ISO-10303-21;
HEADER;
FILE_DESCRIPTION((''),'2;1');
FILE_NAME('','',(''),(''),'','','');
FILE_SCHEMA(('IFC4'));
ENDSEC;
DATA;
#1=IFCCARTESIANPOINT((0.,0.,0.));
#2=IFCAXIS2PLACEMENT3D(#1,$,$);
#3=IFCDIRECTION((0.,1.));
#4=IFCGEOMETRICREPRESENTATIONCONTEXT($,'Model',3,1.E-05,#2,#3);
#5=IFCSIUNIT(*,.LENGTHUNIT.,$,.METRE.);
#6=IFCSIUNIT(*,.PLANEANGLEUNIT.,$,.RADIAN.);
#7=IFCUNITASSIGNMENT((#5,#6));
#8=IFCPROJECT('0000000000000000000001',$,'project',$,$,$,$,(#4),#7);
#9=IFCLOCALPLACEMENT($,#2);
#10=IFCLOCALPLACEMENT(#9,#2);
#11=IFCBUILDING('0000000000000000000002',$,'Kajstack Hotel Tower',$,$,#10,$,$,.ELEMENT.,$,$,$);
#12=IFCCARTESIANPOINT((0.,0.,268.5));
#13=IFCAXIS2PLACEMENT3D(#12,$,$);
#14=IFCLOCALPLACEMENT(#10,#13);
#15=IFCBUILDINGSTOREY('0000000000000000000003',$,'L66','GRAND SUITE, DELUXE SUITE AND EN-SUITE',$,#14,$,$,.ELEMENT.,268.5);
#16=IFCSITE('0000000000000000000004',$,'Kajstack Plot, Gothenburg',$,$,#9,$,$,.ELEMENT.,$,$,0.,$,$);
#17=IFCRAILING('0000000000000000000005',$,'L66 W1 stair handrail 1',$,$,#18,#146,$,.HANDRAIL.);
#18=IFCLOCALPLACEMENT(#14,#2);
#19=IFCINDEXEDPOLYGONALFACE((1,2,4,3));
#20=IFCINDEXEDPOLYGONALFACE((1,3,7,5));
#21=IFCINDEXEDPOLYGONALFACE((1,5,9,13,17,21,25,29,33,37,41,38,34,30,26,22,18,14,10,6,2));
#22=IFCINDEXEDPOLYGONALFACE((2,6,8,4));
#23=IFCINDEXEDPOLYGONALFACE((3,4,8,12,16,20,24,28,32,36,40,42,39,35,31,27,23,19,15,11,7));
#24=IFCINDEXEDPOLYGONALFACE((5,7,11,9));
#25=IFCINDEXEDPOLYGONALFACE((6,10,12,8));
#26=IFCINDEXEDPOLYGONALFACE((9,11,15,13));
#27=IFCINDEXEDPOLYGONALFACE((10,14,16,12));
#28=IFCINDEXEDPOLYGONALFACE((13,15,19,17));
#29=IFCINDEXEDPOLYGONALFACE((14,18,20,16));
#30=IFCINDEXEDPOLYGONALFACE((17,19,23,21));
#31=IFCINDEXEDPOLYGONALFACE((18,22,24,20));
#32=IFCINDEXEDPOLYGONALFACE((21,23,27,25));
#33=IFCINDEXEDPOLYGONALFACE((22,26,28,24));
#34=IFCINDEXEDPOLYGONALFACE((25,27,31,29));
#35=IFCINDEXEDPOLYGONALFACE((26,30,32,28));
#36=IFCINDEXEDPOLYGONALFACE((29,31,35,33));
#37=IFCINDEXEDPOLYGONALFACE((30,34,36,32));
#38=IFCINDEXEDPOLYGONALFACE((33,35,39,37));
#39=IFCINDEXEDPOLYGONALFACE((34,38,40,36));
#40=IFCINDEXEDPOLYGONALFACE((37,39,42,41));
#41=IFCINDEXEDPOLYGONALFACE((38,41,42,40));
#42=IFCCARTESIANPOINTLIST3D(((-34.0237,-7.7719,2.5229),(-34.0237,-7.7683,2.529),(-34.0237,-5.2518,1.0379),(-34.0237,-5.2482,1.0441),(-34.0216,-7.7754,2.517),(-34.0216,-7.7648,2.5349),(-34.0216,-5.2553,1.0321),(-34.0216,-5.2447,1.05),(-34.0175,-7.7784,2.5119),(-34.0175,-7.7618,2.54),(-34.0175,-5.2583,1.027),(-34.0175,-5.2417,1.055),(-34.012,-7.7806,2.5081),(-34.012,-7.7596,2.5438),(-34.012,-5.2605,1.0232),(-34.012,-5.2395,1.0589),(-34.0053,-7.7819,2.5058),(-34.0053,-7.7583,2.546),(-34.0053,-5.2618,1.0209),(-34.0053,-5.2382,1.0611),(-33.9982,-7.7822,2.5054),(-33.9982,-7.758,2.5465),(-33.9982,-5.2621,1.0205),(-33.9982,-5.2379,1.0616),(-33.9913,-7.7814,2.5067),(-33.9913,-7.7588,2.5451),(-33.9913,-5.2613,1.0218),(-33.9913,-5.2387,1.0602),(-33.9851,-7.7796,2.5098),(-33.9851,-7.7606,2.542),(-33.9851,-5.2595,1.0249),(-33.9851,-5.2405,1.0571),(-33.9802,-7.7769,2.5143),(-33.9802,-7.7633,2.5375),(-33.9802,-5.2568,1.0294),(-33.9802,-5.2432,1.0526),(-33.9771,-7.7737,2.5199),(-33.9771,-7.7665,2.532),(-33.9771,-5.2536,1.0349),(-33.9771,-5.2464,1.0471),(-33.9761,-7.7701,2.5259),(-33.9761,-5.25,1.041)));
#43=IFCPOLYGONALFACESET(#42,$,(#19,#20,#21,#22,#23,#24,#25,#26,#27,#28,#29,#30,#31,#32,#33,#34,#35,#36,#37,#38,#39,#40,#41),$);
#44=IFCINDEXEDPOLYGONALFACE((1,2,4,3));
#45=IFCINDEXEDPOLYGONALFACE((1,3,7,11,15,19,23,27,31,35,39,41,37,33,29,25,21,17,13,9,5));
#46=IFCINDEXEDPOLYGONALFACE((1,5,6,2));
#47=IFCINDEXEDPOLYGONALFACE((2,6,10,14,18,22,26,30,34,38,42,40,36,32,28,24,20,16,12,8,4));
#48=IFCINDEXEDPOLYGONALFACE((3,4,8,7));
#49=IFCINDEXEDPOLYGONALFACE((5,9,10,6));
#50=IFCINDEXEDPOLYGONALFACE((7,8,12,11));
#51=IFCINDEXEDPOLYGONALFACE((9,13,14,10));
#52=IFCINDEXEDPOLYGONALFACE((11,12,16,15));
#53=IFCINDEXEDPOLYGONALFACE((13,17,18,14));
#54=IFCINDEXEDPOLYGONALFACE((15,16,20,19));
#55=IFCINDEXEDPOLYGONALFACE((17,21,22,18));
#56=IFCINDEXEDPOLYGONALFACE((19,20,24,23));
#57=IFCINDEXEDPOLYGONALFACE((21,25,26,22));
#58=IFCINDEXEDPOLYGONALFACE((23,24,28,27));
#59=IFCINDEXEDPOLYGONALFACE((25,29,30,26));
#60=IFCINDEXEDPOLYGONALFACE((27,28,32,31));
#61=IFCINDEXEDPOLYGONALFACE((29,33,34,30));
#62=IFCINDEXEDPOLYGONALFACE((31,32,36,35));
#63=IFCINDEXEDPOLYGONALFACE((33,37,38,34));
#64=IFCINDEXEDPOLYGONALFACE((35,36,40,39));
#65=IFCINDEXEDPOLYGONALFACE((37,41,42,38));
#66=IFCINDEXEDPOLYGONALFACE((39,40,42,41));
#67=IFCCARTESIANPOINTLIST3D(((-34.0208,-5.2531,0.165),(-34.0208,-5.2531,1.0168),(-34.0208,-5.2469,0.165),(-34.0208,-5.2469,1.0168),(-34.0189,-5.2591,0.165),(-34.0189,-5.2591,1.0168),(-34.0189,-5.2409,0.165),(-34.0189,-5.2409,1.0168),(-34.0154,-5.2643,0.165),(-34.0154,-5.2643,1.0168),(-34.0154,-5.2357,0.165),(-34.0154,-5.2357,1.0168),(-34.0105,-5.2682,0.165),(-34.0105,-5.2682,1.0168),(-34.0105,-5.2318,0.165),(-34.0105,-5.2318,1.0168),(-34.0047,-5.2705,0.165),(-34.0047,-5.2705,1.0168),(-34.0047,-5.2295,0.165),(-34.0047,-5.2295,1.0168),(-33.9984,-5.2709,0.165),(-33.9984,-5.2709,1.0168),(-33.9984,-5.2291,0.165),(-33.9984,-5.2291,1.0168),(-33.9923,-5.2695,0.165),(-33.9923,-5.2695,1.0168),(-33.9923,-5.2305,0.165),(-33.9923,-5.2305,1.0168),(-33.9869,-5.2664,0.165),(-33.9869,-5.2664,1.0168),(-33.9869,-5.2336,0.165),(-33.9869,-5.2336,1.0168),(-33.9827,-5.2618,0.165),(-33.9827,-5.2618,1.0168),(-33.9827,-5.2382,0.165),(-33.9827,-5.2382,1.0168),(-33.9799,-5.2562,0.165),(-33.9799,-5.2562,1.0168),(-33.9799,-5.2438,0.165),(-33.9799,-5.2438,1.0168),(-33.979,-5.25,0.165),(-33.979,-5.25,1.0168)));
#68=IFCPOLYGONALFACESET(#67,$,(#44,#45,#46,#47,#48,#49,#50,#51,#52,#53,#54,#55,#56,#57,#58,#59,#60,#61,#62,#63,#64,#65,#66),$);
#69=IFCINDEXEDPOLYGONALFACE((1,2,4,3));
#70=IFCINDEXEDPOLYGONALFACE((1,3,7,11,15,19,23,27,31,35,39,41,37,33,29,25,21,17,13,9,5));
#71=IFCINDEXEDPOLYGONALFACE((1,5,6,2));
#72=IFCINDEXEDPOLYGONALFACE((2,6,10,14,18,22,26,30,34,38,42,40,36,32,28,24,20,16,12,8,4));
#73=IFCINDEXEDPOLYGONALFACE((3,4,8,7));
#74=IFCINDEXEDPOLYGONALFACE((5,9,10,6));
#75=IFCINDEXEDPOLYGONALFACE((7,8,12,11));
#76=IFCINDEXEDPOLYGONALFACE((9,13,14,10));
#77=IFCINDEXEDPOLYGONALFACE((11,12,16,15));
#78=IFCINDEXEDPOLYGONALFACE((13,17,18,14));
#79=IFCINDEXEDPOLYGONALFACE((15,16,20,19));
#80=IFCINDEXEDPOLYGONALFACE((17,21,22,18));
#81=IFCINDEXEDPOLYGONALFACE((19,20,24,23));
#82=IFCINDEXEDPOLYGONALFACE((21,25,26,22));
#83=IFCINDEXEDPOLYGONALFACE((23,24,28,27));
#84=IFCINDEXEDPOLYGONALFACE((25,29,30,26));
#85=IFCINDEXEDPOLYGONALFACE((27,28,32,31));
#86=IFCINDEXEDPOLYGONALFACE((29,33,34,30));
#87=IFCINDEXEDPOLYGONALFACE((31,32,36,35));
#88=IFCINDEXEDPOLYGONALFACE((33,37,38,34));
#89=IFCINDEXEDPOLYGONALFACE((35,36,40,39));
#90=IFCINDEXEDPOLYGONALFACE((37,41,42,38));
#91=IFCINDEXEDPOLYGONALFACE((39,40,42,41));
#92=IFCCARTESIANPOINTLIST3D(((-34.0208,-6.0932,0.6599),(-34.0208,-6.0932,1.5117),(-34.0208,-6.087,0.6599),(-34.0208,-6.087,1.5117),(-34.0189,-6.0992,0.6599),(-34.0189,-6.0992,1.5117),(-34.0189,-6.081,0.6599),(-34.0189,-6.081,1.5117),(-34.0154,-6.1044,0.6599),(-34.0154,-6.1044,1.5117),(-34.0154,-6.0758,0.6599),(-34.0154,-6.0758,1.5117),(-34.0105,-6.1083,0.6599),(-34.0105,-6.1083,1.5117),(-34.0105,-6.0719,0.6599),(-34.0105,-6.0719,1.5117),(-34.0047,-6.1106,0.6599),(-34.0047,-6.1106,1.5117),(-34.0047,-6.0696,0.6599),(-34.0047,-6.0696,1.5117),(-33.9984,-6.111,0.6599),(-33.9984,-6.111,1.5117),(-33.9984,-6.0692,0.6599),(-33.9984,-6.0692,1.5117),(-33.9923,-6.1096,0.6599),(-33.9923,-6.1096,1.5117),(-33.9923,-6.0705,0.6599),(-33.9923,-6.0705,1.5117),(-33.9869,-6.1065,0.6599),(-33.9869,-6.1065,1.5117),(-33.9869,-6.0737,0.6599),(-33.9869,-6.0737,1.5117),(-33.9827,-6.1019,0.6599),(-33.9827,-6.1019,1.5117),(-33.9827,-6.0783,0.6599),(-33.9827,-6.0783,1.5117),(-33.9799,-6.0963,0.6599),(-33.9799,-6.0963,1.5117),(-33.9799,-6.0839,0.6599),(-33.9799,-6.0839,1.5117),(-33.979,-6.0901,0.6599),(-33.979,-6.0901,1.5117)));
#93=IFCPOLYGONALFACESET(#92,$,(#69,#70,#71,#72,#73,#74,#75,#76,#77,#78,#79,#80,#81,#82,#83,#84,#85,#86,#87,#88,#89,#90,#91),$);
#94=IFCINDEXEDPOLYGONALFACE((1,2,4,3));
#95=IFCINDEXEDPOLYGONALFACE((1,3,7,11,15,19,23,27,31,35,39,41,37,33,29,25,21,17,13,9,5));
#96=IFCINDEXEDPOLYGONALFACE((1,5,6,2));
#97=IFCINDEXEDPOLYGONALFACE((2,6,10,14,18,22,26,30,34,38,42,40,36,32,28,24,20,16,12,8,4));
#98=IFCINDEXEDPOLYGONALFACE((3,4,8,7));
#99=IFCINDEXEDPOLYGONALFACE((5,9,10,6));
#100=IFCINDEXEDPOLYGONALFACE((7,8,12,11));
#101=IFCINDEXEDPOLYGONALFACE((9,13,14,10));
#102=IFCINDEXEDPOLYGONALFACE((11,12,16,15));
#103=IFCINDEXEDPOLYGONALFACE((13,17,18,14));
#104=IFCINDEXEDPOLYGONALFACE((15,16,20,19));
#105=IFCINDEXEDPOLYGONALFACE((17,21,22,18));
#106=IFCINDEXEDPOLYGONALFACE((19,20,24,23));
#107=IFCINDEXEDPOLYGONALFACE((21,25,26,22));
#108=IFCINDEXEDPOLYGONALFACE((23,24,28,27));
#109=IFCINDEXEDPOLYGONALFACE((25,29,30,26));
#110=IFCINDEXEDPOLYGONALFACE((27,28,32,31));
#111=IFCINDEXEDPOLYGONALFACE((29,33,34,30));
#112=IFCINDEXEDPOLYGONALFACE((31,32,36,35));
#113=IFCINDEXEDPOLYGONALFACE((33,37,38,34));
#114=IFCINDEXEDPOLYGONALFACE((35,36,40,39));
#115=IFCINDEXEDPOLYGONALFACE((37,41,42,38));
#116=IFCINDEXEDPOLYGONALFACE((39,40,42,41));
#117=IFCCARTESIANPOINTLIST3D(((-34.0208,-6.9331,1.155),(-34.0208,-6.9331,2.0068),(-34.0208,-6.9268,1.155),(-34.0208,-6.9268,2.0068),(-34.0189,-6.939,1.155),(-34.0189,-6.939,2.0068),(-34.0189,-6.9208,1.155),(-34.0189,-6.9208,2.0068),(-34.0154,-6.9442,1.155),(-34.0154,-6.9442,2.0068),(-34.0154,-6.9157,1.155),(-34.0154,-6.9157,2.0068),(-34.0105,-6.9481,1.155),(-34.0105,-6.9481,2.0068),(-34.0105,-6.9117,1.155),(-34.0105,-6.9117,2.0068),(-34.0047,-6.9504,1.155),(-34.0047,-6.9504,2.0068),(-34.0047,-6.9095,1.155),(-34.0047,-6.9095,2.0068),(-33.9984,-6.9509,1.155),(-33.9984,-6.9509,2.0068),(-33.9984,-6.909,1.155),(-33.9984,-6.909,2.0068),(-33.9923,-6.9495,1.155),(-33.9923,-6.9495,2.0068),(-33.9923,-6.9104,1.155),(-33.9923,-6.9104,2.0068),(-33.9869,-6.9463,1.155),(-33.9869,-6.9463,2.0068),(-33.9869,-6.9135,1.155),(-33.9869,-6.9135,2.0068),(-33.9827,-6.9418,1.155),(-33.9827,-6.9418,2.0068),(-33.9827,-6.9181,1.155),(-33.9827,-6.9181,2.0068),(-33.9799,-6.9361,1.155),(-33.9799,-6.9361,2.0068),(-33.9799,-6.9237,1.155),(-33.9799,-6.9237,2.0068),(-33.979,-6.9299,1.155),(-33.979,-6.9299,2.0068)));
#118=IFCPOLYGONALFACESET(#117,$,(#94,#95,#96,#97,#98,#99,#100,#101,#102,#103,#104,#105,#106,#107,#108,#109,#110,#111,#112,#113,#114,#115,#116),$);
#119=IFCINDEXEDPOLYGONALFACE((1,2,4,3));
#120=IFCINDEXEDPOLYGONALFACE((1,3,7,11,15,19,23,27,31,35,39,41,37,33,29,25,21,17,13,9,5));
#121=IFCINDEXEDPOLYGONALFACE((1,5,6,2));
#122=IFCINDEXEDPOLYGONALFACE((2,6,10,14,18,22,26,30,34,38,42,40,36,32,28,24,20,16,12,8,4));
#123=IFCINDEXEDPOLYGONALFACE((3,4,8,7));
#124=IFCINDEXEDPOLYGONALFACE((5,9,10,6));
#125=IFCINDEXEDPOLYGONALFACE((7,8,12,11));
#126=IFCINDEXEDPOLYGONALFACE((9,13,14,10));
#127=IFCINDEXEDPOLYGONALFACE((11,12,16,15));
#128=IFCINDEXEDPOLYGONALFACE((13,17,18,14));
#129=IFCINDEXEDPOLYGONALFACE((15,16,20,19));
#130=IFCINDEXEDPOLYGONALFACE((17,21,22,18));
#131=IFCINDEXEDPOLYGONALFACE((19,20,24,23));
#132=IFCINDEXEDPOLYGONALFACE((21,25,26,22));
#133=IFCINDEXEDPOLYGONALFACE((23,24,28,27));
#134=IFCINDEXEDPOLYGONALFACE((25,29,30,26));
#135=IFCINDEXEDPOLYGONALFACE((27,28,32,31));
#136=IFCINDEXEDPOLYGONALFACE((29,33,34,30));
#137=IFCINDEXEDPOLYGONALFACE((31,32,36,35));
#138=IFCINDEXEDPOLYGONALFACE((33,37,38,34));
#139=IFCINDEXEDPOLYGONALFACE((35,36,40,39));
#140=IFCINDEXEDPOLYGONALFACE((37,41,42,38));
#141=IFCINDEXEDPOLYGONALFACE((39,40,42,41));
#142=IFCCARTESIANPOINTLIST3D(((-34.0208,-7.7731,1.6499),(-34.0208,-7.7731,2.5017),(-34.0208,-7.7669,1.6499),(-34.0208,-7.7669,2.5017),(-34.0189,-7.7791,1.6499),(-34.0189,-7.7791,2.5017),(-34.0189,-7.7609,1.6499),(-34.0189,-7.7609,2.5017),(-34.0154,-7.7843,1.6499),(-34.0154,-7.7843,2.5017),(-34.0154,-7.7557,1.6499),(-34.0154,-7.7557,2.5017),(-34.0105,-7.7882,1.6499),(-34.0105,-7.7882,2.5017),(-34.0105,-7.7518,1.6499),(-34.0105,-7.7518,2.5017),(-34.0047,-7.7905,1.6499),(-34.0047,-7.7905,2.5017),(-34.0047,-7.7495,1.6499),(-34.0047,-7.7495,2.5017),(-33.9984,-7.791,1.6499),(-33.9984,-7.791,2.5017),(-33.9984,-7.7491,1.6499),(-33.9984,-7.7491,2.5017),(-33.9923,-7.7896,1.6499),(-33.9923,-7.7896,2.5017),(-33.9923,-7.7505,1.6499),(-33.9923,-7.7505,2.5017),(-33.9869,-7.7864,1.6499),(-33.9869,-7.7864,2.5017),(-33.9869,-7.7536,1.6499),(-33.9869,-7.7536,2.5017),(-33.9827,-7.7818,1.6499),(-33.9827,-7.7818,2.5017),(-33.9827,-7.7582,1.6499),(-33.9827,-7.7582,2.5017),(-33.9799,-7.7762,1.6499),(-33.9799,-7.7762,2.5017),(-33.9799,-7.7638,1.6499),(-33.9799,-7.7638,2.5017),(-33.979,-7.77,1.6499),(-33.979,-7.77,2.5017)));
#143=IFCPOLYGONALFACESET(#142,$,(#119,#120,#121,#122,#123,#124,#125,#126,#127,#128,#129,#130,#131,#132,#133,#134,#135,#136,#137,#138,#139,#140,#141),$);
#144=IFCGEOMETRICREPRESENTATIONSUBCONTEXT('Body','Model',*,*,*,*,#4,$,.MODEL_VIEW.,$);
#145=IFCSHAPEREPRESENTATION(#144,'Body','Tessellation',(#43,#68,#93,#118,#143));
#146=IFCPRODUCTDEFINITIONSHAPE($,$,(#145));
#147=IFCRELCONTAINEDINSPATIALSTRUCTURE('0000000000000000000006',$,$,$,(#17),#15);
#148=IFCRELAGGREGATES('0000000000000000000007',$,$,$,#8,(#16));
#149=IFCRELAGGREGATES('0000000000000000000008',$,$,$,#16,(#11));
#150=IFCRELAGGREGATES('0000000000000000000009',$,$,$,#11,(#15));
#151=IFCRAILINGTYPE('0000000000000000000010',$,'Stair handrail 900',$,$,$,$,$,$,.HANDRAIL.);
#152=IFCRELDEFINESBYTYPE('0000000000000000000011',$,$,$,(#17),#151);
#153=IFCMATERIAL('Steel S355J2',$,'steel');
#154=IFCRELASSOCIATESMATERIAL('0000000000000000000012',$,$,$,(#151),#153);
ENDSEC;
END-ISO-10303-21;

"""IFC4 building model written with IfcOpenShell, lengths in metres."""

from ifc_helpers import new_model, si_unit, direction, frame, origin, origin_2d, place, context, subcontext, project, spatial, circle, extrude, material, type_object, element, save


model = new_model("IFC4")

# Units and contexts
model_context = context("Model", 3, precision=1e-05, world=origin(), true_north=direction((0.0, 1.0)))
body_context = subcontext(model_context, "Body", "Model", "MODEL_VIEW")
ifc_project = project(units=[si_unit("LENGTHUNIT", "METRE"), si_unit("PLANEANGLEUNIT", "RADIAN")], contexts=[model_context])

# Site, building, storey
site_placement = place(None, origin())
site = spatial("IfcSite", under=ifc_project, at=site_placement, Name="Kajstack Plot, Gothenburg", CompositionType="ELEMENT", RefElevation=0.0)
building_placement = place(site_placement, origin())
building = spatial("IfcBuilding", under=site, at=building_placement, Name="Kajstack Hotel Tower", CompositionType="ELEMENT")
storey_placement = place(building_placement, frame((0.0, 0.0, 268.5)))
storey = spatial("IfcBuildingStorey", under=building, at=storey_placement, Name="L66", Description="GRAND SUITE, DELUXE SUITE AND EN-SUITE", CompositionType="ELEMENT", Elevation=268.5)

# Railing
ifc_material_1 = material(Name="Steel S355J2", Category="steel")
railing_type_1 = type_object("IfcRailingType", Name="Stair handrail 900", PredefinedType="HANDRAIL", material=ifc_material_1)
railing_1_placement = place(storey_placement, frame((-34.0, -5.25, 0.165)))
element("IfcRailing", 1, at=railing_1_placement, inside=storey, type_object=railing_type_1, Name="L66 W1 stair handrail 1", PredefinedType="HANDRAIL", context=body_context, shape_type="SweptSolid", body=[
    extrude(circle(Radius=0.0239, at=origin_2d()), frame((0.0, 0.0, 0.876), z_axis=(0.0, -0.861561, 0.507655), x_axis=(1.0, 0.0, 0.0)), (0.0, 0.0, 1.0), 2.925),
    extrude(circle(Radius=0.021, at=origin_2d()), origin(), (0.0, 0.0, 1.0), 0.8518),
    extrude(circle(Radius=0.021, at=origin_2d()), frame((0.0, -0.8401, 0.4949)), (0.0, 0.0, 1.0), 0.8518),
    extrude(circle(Radius=0.021, at=origin_2d()), frame((0.0, -1.6799, 0.99)), (0.0, 0.0, 1.0), 0.8518),
    extrude(circle(Radius=0.021, at=origin_2d()), frame((0.0, -2.52, 1.4849)), (0.0, 0.0, 1.0), 0.8518),
])

save(model, "model.ifc")
